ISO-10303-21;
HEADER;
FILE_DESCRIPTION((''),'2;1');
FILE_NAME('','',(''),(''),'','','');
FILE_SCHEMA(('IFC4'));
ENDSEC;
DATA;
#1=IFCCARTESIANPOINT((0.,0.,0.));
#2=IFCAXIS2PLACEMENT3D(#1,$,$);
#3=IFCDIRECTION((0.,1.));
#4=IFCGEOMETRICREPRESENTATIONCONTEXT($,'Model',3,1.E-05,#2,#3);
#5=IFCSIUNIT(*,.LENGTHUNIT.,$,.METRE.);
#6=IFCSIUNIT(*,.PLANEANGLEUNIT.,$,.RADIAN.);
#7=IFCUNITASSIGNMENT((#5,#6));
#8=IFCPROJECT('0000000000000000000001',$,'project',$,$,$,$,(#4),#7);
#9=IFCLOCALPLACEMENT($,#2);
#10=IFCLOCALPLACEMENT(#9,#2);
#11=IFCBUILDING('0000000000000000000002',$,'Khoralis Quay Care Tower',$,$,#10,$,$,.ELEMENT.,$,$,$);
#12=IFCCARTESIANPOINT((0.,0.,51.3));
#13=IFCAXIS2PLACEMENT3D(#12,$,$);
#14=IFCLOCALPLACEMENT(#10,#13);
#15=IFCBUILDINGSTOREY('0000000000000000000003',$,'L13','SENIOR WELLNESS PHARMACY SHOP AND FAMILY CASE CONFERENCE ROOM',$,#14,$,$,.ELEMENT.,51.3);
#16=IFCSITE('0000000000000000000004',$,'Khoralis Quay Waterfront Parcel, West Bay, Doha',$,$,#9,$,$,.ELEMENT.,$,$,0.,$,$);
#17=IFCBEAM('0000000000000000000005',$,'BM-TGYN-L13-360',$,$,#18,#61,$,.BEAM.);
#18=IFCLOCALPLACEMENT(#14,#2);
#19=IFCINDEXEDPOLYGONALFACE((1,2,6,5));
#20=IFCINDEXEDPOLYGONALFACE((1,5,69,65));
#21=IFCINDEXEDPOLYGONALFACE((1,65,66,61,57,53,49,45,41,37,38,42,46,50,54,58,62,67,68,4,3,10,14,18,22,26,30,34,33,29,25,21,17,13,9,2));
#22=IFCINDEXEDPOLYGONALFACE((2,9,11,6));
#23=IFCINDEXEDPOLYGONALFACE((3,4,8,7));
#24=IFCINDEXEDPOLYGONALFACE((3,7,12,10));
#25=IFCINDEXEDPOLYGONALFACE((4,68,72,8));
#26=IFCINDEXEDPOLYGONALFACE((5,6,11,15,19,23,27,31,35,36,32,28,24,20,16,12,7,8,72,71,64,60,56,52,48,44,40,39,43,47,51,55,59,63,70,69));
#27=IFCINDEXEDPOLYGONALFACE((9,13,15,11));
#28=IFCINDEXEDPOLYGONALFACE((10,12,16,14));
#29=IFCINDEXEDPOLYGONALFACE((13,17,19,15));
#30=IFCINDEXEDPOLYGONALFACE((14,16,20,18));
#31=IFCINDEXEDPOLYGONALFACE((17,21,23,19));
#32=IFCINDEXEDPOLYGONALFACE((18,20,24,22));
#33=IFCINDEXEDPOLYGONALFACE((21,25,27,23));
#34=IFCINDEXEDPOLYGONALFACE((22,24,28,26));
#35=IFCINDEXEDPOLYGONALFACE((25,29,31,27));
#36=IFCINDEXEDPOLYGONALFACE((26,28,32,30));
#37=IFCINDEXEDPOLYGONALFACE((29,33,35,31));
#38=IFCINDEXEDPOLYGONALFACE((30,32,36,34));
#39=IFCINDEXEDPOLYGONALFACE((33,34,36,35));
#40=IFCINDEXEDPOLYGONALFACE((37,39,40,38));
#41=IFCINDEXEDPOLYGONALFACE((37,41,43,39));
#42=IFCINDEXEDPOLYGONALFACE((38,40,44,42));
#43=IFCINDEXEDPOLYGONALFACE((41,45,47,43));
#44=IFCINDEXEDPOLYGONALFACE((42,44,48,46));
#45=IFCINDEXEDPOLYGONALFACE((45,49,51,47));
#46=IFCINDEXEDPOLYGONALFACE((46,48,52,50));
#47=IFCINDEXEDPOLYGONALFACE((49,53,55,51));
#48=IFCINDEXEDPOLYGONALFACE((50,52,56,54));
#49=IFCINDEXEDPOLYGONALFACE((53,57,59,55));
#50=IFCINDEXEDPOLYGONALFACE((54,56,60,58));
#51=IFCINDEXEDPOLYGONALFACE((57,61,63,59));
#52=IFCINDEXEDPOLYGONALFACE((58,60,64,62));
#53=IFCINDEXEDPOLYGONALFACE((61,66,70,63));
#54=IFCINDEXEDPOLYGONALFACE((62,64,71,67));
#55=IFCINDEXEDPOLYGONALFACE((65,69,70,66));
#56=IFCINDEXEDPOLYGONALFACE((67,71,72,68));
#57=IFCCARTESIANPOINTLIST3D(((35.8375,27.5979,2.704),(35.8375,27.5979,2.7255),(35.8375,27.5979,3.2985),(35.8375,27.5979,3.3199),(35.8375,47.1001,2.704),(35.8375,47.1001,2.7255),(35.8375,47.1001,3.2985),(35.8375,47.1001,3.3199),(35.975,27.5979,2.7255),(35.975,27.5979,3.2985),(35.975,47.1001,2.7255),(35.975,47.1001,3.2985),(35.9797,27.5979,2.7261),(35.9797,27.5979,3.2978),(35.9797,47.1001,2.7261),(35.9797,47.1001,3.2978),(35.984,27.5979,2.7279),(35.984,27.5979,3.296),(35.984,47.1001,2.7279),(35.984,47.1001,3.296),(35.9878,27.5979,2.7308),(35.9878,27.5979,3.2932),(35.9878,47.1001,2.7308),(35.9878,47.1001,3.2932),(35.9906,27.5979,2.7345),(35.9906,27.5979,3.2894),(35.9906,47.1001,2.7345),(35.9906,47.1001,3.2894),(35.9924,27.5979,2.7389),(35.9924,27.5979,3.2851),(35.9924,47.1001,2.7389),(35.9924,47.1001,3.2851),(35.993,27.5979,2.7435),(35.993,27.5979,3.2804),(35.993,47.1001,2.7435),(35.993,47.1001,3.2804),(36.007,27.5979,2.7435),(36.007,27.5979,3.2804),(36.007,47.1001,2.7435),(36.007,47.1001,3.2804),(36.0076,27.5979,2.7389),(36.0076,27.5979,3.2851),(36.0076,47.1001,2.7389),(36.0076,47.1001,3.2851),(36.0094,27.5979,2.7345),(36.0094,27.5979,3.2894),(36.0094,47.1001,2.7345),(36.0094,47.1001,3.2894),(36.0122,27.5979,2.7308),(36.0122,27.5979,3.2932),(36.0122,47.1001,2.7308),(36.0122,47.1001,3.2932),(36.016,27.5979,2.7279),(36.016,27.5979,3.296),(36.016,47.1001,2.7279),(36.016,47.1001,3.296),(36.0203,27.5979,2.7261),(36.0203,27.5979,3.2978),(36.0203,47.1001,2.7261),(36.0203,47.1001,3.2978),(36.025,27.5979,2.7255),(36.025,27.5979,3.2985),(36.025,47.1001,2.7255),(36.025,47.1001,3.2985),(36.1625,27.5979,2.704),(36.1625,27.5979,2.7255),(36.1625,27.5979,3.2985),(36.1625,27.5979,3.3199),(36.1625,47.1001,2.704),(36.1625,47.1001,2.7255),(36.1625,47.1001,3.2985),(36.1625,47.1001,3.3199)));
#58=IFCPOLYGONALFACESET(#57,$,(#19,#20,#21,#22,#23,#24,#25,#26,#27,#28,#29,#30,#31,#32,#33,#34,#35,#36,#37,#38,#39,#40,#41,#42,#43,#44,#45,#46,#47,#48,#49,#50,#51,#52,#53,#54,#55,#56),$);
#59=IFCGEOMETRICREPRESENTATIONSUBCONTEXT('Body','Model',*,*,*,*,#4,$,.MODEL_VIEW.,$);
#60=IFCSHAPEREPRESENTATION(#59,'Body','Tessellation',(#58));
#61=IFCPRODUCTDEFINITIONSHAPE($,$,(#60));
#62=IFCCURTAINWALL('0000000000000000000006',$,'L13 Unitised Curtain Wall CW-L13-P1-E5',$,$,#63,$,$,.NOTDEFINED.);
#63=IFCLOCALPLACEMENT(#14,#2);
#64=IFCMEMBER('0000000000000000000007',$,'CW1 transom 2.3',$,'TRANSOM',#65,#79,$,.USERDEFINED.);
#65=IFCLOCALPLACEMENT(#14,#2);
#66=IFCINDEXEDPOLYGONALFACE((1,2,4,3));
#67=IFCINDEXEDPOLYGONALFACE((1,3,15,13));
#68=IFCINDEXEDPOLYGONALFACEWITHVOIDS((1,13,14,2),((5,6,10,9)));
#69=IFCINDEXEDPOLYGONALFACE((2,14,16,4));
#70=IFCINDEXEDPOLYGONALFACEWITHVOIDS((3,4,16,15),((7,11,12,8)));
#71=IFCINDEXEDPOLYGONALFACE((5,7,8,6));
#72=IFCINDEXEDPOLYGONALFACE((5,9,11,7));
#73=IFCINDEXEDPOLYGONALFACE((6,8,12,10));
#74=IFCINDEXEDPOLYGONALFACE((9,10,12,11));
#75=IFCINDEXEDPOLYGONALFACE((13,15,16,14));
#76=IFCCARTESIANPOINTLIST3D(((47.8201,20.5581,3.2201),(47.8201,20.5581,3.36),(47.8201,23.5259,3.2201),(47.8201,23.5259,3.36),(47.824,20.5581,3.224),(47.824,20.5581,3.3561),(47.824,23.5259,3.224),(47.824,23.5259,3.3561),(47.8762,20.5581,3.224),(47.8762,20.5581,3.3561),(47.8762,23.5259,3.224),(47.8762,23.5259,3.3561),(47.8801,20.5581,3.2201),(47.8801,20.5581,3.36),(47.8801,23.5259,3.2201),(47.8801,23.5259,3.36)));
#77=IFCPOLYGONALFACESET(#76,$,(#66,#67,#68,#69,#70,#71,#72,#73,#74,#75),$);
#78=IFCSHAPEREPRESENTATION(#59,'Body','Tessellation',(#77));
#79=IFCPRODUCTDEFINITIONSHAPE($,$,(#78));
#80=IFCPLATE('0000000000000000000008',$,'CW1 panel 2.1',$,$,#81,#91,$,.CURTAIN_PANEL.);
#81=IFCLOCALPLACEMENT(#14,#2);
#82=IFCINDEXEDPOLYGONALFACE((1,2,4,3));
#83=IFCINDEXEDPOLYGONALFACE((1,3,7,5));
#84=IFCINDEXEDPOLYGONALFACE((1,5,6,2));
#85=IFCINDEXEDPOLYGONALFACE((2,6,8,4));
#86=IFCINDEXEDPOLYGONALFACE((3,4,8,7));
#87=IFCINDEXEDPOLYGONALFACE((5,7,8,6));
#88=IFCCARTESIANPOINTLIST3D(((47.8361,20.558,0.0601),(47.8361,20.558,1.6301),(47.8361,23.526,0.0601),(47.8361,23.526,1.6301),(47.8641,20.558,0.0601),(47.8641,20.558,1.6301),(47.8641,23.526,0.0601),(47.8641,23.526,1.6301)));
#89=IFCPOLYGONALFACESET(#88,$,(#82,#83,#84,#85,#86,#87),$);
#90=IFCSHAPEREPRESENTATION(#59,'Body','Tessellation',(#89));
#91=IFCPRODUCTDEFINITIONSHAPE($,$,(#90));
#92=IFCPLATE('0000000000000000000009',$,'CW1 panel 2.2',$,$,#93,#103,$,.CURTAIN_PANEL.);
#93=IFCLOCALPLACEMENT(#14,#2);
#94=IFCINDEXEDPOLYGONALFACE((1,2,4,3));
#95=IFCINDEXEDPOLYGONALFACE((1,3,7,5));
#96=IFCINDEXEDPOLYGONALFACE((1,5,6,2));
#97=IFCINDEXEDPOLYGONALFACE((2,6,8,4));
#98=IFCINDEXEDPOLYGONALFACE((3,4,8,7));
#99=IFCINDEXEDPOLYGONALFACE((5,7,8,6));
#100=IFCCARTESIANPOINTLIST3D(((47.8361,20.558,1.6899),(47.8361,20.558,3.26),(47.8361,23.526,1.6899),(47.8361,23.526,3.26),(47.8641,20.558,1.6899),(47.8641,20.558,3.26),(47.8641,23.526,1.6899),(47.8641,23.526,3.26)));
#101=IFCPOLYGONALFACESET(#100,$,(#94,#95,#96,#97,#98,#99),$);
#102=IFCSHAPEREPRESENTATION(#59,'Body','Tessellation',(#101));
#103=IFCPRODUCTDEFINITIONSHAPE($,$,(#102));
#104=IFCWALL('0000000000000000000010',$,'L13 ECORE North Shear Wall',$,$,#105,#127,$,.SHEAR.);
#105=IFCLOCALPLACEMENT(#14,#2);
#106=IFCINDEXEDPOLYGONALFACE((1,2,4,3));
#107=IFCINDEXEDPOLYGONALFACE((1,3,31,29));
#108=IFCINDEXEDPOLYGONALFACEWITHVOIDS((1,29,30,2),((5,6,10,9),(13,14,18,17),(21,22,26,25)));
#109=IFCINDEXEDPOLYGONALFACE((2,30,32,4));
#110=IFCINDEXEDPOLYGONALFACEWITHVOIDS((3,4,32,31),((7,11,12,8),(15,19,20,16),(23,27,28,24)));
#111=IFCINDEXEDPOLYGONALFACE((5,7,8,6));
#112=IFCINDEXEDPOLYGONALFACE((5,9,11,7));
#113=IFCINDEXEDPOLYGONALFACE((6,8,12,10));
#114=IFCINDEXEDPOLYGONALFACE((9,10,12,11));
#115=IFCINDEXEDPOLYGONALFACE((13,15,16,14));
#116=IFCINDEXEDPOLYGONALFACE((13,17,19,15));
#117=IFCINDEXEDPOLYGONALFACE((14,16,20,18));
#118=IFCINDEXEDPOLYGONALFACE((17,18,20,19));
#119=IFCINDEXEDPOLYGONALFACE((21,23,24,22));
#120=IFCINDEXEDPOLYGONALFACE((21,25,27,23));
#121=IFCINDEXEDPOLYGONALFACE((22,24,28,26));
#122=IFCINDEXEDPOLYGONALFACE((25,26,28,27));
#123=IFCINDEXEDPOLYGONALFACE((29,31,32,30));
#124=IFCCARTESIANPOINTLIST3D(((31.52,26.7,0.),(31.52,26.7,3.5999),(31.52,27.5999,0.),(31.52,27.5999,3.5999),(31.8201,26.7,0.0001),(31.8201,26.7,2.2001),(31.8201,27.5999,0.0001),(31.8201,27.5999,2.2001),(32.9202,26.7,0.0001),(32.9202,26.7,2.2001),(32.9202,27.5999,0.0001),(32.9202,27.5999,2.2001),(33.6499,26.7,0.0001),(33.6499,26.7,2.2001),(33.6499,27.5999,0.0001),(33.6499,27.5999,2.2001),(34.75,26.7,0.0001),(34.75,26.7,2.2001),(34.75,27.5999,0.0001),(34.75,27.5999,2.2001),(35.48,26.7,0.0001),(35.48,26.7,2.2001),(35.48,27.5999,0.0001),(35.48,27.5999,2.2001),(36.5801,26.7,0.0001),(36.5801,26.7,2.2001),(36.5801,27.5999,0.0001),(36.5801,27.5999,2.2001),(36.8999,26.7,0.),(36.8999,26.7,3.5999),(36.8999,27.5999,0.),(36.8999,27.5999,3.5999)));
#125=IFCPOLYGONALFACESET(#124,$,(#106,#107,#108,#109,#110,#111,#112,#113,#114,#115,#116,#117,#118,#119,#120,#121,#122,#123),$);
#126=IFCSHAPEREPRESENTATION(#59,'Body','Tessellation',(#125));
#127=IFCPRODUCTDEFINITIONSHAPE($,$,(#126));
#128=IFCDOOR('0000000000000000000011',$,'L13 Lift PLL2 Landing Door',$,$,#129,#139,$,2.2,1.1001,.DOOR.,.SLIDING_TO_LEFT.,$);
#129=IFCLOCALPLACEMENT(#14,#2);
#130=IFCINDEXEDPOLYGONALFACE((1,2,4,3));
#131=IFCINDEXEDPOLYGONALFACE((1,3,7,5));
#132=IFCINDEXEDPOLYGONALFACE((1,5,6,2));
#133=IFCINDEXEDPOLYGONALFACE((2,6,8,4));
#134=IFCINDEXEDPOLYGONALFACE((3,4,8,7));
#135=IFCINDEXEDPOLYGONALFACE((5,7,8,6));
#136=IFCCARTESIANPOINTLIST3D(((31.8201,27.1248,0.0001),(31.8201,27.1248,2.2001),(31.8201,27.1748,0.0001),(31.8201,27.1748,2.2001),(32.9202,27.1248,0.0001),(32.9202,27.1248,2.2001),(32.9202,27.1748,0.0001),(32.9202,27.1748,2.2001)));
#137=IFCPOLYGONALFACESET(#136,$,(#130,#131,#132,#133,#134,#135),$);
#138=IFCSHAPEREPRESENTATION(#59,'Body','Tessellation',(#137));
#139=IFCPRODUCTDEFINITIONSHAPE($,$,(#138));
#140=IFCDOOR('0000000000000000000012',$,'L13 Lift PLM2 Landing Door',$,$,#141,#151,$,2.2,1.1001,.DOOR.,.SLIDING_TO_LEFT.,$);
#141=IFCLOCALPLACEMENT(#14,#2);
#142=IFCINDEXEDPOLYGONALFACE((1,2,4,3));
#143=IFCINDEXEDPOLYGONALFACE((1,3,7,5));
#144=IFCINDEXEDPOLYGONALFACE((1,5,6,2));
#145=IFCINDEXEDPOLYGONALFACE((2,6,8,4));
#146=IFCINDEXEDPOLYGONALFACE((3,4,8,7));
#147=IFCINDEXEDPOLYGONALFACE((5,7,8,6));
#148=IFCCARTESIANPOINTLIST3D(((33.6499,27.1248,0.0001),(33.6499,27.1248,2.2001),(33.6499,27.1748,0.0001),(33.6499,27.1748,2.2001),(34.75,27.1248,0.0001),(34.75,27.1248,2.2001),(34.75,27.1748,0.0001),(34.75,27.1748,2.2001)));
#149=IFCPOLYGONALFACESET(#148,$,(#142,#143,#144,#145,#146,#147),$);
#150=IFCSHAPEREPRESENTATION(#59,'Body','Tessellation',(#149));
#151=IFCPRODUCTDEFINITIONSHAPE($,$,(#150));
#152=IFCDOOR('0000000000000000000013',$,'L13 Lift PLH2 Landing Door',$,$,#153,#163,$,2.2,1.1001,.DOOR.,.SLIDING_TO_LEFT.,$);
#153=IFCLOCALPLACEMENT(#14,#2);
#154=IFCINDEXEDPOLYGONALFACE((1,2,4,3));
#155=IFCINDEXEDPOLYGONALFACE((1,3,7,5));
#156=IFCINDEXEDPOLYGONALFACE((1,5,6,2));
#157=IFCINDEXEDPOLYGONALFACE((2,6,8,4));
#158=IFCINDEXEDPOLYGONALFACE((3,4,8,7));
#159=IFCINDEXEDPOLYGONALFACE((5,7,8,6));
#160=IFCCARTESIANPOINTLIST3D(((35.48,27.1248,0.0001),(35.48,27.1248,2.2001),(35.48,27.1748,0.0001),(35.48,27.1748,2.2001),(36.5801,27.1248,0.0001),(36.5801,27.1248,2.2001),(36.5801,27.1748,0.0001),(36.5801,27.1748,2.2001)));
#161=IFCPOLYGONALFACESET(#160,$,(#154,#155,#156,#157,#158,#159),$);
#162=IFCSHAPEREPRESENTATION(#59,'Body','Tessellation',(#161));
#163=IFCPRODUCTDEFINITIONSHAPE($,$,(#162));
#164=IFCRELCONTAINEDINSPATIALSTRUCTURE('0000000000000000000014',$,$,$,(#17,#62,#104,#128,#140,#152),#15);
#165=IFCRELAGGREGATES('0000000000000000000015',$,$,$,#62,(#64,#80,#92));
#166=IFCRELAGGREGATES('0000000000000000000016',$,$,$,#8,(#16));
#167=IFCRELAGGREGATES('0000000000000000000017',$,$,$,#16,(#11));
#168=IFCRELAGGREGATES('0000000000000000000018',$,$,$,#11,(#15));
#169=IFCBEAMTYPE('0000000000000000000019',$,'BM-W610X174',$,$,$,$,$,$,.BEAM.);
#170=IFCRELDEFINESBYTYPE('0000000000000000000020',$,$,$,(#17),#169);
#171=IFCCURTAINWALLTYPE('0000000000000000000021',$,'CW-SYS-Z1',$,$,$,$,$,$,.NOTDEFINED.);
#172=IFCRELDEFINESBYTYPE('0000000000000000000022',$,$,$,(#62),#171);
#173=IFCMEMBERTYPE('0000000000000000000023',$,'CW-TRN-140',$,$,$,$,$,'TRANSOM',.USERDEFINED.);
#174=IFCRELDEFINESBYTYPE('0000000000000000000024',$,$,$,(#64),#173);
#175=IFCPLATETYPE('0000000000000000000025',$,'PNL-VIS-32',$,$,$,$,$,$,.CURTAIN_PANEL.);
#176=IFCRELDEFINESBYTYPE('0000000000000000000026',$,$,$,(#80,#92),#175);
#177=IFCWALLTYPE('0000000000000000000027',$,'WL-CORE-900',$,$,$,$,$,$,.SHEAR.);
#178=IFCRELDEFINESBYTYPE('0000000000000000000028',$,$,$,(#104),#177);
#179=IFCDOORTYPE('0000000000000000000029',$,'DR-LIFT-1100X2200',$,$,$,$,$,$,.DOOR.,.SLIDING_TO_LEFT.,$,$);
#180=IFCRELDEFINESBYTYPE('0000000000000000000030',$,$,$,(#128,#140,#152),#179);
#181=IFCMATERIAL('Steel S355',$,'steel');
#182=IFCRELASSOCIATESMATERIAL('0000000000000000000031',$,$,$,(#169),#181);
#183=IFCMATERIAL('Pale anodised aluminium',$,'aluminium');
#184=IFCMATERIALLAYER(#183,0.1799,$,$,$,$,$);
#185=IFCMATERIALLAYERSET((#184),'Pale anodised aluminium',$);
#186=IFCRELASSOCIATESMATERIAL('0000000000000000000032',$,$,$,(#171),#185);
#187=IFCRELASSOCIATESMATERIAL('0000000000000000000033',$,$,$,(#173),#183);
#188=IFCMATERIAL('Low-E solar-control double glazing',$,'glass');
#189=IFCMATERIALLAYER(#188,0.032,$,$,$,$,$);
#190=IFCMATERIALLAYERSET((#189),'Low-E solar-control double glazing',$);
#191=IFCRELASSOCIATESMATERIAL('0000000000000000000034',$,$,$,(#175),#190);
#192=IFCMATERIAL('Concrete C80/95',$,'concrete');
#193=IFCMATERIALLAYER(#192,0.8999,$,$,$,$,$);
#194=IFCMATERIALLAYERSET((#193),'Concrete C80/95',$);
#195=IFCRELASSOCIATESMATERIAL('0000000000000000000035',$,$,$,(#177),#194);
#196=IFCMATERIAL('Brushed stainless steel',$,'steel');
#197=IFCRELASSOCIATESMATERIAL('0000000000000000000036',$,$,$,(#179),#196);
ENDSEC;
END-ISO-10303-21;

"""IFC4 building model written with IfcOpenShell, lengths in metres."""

from ifc_helpers import new_model, si_unit, direction, frame, frame_2d, origin, origin_2d, place, context, subcontext, project, spatial, rectangle, hollow_rectangle, i_section, extrude, source, transform, mapped, material, layer, layer_set, material_profile, profile_set, type_object, element, fill, aggregate, save


model = new_model("IFC4")

# Units and contexts
model_context = context("Model", 3, precision=1e-05, world=origin(), true_north=direction((0.0, 1.0)))
body_context = subcontext(model_context, "Body", "Model", "MODEL_VIEW")
ifc_project = project(units=[si_unit("LENGTHUNIT", "METRE"), si_unit("PLANEANGLEUNIT", "RADIAN")], contexts=[model_context])

# Site, building, storey
site_placement = place(None, origin())
site = spatial("IfcSite", under=ifc_project, at=site_placement, Name="Khoralis Quay Waterfront Parcel, West Bay, Doha", CompositionType="ELEMENT", RefElevation=0.0)
building_placement = place(site_placement, origin())
building = spatial("IfcBuilding", under=site, at=building_placement, Name="Khoralis Quay Care Tower", CompositionType="ELEMENT")
storey_placement = place(building_placement, frame((0.0, 0.0, 51.3)))
storey = spatial("IfcBuildingStorey", under=building, at=storey_placement, Name="L13", Description="SENIOR WELLNESS PHARMACY SHOP AND FAMILY CASE CONFERENCE ROOM", CompositionType="ELEMENT", Elevation=51.3)

# Shared definitions
ifc_material_1 = material(Name="Concrete C80/95", Category="concrete")

# Beam
ifc_material_2 = material(Name="Steel S355", Category="steel")
ifc_material_profile_1 = material_profile(ifc_material_2, i_section(OverallWidth=0.325, OverallDepth=0.616, WebThickness=0.0139, FlangeThickness=0.0215, FilletRadius=0.0181, at=origin_2d()), Name="Steel S355")
ifc_profile_set_1 = profile_set([ifc_material_profile_1], Name="Steel S355")
beam_type_1 = type_object("IfcBeamType", Name="BM-W610X174", PredefinedType="BEAM", material=ifc_profile_set_1)
shared_shape_1 = source(origin(), body_context, "Body", "SweptSolid", [
    extrude(i_section(OverallWidth=0.325, OverallDepth=0.616, WebThickness=0.0139, FlangeThickness=0.0215, FilletRadius=0.0181, at=origin_2d()), origin(), (0.0, 0.0, 1.0), 19.5022),
])
for number, where, z_axis, x_axis, name in (
    (1, (36.0, 27.5979, 3.012), (0.0, 1.0, 0.0), (-1.0, 0.0, 0.0), "BM-TGYN-L13-360"),
):
    element("IfcBeam", number, at=place(storey_placement, frame(where, z_axis=z_axis, x_axis=x_axis)), inside=storey, type_object=beam_type_1, Name=name, PredefinedType="BEAM", context=body_context, shape_type="MappedRepresentation", body=[
        mapped(shared_shape_1, transform((0.0, 0.0, 0.0), scale=1.0)),
    ])

# Curtain wall, member, plates
ifc_material_3 = material(Name="Pale anodised aluminium", Category="aluminium")
ifc_layer_1 = layer(ifc_material_3, 0.1799)
ifc_layer_set_1 = layer_set([ifc_layer_1], Name="Pale anodised aluminium")
curtain_wall_type = type_object("IfcCurtainWallType", Name="CW-SYS-Z1", PredefinedType="NOTDEFINED", material=ifc_layer_set_1)
curtain_wall_placement = place(storey_placement, origin())
curtain_wall = element("IfcCurtainWall", 2, at=curtain_wall_placement, inside=storey, type_object=curtain_wall_type, Name="L13 Unitised Curtain Wall CW-L13-P1-E5", PredefinedType="NOTDEFINED")
ifc_material_profile_2 = material_profile(ifc_material_3, hollow_rectangle(XDim=0.0601, YDim=0.1399, WallThickness=0.0039, at=origin_2d()), Name="Pale anodised aluminium")
ifc_profile_set_2 = profile_set([ifc_material_profile_2], Name="Pale anodised aluminium")
member_type = type_object("IfcMemberType", Name="CW-TRN-140", ElementType="TRANSOM", PredefinedType="USERDEFINED", material=ifc_profile_set_2)
shared_shape_2 = source(origin(), body_context, "Body", "SweptSolid", [
    extrude(hollow_rectangle(XDim=0.0601, YDim=0.1399, WallThickness=0.0039, at=origin_2d()), origin(), (0.0, 0.0, 1.0), 2.9678),
])
member_placement = place(storey_placement, frame((47.8501, 20.5581, 3.29), z_axis=(0.0, 1.0, 0.0), x_axis=(-1.0, 0.0, 0.0)))
member = element("IfcMember", 3, at=member_placement, type_object=member_type, Name="CW1 transom 2.3", ObjectType="TRANSOM", PredefinedType="USERDEFINED", context=body_context, shape_type="MappedRepresentation", body=[
    mapped(shared_shape_2, transform((0.0, 0.0, 0.0), scale=1.0)),
])
ifc_material_4 = material(Name="Low-E solar-control double glazing", Category="glass")
ifc_layer_2 = layer(ifc_material_4, 0.032)
ifc_layer_set_2 = layer_set([ifc_layer_2], Name="Low-E solar-control double glazing")
plate_type = type_object("IfcPlateType", Name="PNL-VIS-32", PredefinedType="CURTAIN_PANEL", material=ifc_layer_set_2)
shared_shape_3 = source(origin(), body_context, "Body", "SweptSolid", [
    extrude(rectangle(XDim=2.968, YDim=0.0281, at=origin_2d()), origin(), (0.0, 0.0, 1.0), 1.5701),
])
plate_1_placement = place(storey_placement, frame((47.8501, 22.042, 0.0601), z_axis=(0.0, 0.0, 1.0), x_axis=(0.0, 1.0, 0.0)))
plate_1 = element("IfcPlate", 4, at=plate_1_placement, type_object=plate_type, Name="CW1 panel 2.1", PredefinedType="CURTAIN_PANEL", context=body_context, shape_type="MappedRepresentation", body=[
    mapped(shared_shape_3, transform((0.0, 0.0, 0.0), scale=1.0)),
])
plate_2_placement = place(storey_placement, frame((47.8501, 22.042, 1.6899), z_axis=(0.0, 0.0, 1.0), x_axis=(0.0, 1.0, 0.0)))
plate_2 = element("IfcPlate", 5, at=plate_2_placement, type_object=plate_type, Name="CW1 panel 2.2", PredefinedType="CURTAIN_PANEL", context=body_context, shape_type="MappedRepresentation", body=[
    mapped(shared_shape_3, transform((0.0, 0.0, 0.0), scale=1.0)),
])
aggregate(curtain_wall, [member, plate_1, plate_2])

# Wall, openings, doors
ifc_layer_3 = layer(ifc_material_1, 0.8999)
ifc_layer_set_3 = layer_set([ifc_layer_3], Name="Concrete C80/95")
wall_type_1 = type_object("IfcWallType", Name="WL-CORE-900", PredefinedType="SHEAR", material=ifc_layer_set_3)
wall_1_placement = place(storey_placement, frame((31.52, 27.1499, 0.0), z_axis=(0.0, 0.0, 1.0), x_axis=(1.0, 0.0, 0.0)))
wall_1 = element("IfcWall", 6, at=wall_1_placement, inside=storey, type_object=wall_type_1, Name="L13 ECORE North Shear Wall", PredefinedType="SHEAR", context=body_context, shape_type="SweptSolid", body=[
    extrude(rectangle(XDim=5.3799, YDim=0.8999, at=frame_2d((2.6899, 0.0))), origin(), (0.0, 0.0, 1.0), 3.5999),
])
opening_1_placement = place(wall_1_placement, frame((0.3, 0.0, 0.0)))
opening_1 = element("IfcOpeningElement", 7, at=opening_1_placement, cuts=wall_1, PredefinedType="OPENING", context=body_context, shape_type="SweptSolid", body=[
    extrude(rectangle(XDim=1.1001, YDim=2.2, at=frame_2d((0.55, 1.1001))), frame((0.0, 0.46, 0.0), z_axis=(0.0, -1.0, 0.0), x_axis=(1.0, 0.0, 0.0)), (0.0, 0.0, 1.0), 0.9199),
])
opening_2_placement = place(wall_1_placement, frame((2.1299, 0.0, 0.0)))
opening_2 = element("IfcOpeningElement", 8, at=opening_2_placement, cuts=wall_1, PredefinedType="OPENING", context=body_context, shape_type="SweptSolid", body=[
    extrude(rectangle(XDim=1.1001, YDim=2.2, at=frame_2d((0.55, 1.1001))), frame((0.0, 0.46, 0.0), z_axis=(0.0, -1.0, 0.0), x_axis=(1.0, 0.0, 0.0)), (0.0, 0.0, 1.0), 0.9199),
])
opening_3_placement = place(wall_1_placement, frame((3.96, 0.0, 0.0)))
opening_3 = element("IfcOpeningElement", 9, at=opening_3_placement, cuts=wall_1, PredefinedType="OPENING", context=body_context, shape_type="SweptSolid", body=[
    extrude(rectangle(XDim=1.1001, YDim=2.2, at=frame_2d((0.55, 1.1001))), frame((0.0, 0.46, 0.0), z_axis=(0.0, -1.0, 0.0), x_axis=(1.0, 0.0, 0.0)), (0.0, 0.0, 1.0), 0.9199),
])
ifc_material_5 = material(Name="Brushed stainless steel", Category="steel")
door_type_1 = type_object("IfcDoorType", Name="DR-LIFT-1100X2200", OperationType="SLIDING_TO_LEFT", PredefinedType="DOOR", material=ifc_material_5)
shared_shape_4 = source(origin(), body_context, "Body", "SweptSolid", [
    extrude(rectangle(XDim=1.1001, YDim=2.2, at=frame_2d((0.55, 1.1001))), frame((0.0, 0.0249, 0.0), z_axis=(0.0, -1.0, 0.0), x_axis=(1.0, 0.0, 0.0)), (0.0, 0.0, 1.0), 0.05),
])
door_1_placement = place(opening_1_placement, origin())
door_1 = element("IfcDoor", 10, at=door_1_placement, inside=storey, type_object=door_type_1, Name="L13 Lift PLL2 Landing Door", OperationType="SLIDING_TO_LEFT", OverallHeight=2.2, OverallWidth=1.1001, PredefinedType="DOOR", context=body_context, shape_type="MappedRepresentation", body=[
    mapped(shared_shape_4, transform((0.0, 0.0, 0.0), scale=1.0)),
])
fill(opening_1, door_1)
door_2_placement = place(opening_2_placement, origin())
door_2 = element("IfcDoor", 11, at=door_2_placement, inside=storey, type_object=door_type_1, Name="L13 Lift PLM2 Landing Door", OperationType="SLIDING_TO_LEFT", OverallHeight=2.2, OverallWidth=1.1001, PredefinedType="DOOR", context=body_context, shape_type="MappedRepresentation", body=[
    mapped(shared_shape_4, transform((0.0, 0.0, 0.0), scale=1.0)),
])
fill(opening_2, door_2)
door_3_placement = place(opening_3_placement, origin())
door_3 = element("IfcDoor", 12, at=door_3_placement, inside=storey, type_object=door_type_1, Name="L13 Lift PLH2 Landing Door", OperationType="SLIDING_TO_LEFT", OverallHeight=2.2, OverallWidth=1.1001, PredefinedType="DOOR", context=body_context, shape_type="MappedRepresentation", body=[
    mapped(shared_shape_4, transform((0.0, 0.0, 0.0), scale=1.0)),
])
fill(opening_3, door_3)

save(model, "model.ifc")
